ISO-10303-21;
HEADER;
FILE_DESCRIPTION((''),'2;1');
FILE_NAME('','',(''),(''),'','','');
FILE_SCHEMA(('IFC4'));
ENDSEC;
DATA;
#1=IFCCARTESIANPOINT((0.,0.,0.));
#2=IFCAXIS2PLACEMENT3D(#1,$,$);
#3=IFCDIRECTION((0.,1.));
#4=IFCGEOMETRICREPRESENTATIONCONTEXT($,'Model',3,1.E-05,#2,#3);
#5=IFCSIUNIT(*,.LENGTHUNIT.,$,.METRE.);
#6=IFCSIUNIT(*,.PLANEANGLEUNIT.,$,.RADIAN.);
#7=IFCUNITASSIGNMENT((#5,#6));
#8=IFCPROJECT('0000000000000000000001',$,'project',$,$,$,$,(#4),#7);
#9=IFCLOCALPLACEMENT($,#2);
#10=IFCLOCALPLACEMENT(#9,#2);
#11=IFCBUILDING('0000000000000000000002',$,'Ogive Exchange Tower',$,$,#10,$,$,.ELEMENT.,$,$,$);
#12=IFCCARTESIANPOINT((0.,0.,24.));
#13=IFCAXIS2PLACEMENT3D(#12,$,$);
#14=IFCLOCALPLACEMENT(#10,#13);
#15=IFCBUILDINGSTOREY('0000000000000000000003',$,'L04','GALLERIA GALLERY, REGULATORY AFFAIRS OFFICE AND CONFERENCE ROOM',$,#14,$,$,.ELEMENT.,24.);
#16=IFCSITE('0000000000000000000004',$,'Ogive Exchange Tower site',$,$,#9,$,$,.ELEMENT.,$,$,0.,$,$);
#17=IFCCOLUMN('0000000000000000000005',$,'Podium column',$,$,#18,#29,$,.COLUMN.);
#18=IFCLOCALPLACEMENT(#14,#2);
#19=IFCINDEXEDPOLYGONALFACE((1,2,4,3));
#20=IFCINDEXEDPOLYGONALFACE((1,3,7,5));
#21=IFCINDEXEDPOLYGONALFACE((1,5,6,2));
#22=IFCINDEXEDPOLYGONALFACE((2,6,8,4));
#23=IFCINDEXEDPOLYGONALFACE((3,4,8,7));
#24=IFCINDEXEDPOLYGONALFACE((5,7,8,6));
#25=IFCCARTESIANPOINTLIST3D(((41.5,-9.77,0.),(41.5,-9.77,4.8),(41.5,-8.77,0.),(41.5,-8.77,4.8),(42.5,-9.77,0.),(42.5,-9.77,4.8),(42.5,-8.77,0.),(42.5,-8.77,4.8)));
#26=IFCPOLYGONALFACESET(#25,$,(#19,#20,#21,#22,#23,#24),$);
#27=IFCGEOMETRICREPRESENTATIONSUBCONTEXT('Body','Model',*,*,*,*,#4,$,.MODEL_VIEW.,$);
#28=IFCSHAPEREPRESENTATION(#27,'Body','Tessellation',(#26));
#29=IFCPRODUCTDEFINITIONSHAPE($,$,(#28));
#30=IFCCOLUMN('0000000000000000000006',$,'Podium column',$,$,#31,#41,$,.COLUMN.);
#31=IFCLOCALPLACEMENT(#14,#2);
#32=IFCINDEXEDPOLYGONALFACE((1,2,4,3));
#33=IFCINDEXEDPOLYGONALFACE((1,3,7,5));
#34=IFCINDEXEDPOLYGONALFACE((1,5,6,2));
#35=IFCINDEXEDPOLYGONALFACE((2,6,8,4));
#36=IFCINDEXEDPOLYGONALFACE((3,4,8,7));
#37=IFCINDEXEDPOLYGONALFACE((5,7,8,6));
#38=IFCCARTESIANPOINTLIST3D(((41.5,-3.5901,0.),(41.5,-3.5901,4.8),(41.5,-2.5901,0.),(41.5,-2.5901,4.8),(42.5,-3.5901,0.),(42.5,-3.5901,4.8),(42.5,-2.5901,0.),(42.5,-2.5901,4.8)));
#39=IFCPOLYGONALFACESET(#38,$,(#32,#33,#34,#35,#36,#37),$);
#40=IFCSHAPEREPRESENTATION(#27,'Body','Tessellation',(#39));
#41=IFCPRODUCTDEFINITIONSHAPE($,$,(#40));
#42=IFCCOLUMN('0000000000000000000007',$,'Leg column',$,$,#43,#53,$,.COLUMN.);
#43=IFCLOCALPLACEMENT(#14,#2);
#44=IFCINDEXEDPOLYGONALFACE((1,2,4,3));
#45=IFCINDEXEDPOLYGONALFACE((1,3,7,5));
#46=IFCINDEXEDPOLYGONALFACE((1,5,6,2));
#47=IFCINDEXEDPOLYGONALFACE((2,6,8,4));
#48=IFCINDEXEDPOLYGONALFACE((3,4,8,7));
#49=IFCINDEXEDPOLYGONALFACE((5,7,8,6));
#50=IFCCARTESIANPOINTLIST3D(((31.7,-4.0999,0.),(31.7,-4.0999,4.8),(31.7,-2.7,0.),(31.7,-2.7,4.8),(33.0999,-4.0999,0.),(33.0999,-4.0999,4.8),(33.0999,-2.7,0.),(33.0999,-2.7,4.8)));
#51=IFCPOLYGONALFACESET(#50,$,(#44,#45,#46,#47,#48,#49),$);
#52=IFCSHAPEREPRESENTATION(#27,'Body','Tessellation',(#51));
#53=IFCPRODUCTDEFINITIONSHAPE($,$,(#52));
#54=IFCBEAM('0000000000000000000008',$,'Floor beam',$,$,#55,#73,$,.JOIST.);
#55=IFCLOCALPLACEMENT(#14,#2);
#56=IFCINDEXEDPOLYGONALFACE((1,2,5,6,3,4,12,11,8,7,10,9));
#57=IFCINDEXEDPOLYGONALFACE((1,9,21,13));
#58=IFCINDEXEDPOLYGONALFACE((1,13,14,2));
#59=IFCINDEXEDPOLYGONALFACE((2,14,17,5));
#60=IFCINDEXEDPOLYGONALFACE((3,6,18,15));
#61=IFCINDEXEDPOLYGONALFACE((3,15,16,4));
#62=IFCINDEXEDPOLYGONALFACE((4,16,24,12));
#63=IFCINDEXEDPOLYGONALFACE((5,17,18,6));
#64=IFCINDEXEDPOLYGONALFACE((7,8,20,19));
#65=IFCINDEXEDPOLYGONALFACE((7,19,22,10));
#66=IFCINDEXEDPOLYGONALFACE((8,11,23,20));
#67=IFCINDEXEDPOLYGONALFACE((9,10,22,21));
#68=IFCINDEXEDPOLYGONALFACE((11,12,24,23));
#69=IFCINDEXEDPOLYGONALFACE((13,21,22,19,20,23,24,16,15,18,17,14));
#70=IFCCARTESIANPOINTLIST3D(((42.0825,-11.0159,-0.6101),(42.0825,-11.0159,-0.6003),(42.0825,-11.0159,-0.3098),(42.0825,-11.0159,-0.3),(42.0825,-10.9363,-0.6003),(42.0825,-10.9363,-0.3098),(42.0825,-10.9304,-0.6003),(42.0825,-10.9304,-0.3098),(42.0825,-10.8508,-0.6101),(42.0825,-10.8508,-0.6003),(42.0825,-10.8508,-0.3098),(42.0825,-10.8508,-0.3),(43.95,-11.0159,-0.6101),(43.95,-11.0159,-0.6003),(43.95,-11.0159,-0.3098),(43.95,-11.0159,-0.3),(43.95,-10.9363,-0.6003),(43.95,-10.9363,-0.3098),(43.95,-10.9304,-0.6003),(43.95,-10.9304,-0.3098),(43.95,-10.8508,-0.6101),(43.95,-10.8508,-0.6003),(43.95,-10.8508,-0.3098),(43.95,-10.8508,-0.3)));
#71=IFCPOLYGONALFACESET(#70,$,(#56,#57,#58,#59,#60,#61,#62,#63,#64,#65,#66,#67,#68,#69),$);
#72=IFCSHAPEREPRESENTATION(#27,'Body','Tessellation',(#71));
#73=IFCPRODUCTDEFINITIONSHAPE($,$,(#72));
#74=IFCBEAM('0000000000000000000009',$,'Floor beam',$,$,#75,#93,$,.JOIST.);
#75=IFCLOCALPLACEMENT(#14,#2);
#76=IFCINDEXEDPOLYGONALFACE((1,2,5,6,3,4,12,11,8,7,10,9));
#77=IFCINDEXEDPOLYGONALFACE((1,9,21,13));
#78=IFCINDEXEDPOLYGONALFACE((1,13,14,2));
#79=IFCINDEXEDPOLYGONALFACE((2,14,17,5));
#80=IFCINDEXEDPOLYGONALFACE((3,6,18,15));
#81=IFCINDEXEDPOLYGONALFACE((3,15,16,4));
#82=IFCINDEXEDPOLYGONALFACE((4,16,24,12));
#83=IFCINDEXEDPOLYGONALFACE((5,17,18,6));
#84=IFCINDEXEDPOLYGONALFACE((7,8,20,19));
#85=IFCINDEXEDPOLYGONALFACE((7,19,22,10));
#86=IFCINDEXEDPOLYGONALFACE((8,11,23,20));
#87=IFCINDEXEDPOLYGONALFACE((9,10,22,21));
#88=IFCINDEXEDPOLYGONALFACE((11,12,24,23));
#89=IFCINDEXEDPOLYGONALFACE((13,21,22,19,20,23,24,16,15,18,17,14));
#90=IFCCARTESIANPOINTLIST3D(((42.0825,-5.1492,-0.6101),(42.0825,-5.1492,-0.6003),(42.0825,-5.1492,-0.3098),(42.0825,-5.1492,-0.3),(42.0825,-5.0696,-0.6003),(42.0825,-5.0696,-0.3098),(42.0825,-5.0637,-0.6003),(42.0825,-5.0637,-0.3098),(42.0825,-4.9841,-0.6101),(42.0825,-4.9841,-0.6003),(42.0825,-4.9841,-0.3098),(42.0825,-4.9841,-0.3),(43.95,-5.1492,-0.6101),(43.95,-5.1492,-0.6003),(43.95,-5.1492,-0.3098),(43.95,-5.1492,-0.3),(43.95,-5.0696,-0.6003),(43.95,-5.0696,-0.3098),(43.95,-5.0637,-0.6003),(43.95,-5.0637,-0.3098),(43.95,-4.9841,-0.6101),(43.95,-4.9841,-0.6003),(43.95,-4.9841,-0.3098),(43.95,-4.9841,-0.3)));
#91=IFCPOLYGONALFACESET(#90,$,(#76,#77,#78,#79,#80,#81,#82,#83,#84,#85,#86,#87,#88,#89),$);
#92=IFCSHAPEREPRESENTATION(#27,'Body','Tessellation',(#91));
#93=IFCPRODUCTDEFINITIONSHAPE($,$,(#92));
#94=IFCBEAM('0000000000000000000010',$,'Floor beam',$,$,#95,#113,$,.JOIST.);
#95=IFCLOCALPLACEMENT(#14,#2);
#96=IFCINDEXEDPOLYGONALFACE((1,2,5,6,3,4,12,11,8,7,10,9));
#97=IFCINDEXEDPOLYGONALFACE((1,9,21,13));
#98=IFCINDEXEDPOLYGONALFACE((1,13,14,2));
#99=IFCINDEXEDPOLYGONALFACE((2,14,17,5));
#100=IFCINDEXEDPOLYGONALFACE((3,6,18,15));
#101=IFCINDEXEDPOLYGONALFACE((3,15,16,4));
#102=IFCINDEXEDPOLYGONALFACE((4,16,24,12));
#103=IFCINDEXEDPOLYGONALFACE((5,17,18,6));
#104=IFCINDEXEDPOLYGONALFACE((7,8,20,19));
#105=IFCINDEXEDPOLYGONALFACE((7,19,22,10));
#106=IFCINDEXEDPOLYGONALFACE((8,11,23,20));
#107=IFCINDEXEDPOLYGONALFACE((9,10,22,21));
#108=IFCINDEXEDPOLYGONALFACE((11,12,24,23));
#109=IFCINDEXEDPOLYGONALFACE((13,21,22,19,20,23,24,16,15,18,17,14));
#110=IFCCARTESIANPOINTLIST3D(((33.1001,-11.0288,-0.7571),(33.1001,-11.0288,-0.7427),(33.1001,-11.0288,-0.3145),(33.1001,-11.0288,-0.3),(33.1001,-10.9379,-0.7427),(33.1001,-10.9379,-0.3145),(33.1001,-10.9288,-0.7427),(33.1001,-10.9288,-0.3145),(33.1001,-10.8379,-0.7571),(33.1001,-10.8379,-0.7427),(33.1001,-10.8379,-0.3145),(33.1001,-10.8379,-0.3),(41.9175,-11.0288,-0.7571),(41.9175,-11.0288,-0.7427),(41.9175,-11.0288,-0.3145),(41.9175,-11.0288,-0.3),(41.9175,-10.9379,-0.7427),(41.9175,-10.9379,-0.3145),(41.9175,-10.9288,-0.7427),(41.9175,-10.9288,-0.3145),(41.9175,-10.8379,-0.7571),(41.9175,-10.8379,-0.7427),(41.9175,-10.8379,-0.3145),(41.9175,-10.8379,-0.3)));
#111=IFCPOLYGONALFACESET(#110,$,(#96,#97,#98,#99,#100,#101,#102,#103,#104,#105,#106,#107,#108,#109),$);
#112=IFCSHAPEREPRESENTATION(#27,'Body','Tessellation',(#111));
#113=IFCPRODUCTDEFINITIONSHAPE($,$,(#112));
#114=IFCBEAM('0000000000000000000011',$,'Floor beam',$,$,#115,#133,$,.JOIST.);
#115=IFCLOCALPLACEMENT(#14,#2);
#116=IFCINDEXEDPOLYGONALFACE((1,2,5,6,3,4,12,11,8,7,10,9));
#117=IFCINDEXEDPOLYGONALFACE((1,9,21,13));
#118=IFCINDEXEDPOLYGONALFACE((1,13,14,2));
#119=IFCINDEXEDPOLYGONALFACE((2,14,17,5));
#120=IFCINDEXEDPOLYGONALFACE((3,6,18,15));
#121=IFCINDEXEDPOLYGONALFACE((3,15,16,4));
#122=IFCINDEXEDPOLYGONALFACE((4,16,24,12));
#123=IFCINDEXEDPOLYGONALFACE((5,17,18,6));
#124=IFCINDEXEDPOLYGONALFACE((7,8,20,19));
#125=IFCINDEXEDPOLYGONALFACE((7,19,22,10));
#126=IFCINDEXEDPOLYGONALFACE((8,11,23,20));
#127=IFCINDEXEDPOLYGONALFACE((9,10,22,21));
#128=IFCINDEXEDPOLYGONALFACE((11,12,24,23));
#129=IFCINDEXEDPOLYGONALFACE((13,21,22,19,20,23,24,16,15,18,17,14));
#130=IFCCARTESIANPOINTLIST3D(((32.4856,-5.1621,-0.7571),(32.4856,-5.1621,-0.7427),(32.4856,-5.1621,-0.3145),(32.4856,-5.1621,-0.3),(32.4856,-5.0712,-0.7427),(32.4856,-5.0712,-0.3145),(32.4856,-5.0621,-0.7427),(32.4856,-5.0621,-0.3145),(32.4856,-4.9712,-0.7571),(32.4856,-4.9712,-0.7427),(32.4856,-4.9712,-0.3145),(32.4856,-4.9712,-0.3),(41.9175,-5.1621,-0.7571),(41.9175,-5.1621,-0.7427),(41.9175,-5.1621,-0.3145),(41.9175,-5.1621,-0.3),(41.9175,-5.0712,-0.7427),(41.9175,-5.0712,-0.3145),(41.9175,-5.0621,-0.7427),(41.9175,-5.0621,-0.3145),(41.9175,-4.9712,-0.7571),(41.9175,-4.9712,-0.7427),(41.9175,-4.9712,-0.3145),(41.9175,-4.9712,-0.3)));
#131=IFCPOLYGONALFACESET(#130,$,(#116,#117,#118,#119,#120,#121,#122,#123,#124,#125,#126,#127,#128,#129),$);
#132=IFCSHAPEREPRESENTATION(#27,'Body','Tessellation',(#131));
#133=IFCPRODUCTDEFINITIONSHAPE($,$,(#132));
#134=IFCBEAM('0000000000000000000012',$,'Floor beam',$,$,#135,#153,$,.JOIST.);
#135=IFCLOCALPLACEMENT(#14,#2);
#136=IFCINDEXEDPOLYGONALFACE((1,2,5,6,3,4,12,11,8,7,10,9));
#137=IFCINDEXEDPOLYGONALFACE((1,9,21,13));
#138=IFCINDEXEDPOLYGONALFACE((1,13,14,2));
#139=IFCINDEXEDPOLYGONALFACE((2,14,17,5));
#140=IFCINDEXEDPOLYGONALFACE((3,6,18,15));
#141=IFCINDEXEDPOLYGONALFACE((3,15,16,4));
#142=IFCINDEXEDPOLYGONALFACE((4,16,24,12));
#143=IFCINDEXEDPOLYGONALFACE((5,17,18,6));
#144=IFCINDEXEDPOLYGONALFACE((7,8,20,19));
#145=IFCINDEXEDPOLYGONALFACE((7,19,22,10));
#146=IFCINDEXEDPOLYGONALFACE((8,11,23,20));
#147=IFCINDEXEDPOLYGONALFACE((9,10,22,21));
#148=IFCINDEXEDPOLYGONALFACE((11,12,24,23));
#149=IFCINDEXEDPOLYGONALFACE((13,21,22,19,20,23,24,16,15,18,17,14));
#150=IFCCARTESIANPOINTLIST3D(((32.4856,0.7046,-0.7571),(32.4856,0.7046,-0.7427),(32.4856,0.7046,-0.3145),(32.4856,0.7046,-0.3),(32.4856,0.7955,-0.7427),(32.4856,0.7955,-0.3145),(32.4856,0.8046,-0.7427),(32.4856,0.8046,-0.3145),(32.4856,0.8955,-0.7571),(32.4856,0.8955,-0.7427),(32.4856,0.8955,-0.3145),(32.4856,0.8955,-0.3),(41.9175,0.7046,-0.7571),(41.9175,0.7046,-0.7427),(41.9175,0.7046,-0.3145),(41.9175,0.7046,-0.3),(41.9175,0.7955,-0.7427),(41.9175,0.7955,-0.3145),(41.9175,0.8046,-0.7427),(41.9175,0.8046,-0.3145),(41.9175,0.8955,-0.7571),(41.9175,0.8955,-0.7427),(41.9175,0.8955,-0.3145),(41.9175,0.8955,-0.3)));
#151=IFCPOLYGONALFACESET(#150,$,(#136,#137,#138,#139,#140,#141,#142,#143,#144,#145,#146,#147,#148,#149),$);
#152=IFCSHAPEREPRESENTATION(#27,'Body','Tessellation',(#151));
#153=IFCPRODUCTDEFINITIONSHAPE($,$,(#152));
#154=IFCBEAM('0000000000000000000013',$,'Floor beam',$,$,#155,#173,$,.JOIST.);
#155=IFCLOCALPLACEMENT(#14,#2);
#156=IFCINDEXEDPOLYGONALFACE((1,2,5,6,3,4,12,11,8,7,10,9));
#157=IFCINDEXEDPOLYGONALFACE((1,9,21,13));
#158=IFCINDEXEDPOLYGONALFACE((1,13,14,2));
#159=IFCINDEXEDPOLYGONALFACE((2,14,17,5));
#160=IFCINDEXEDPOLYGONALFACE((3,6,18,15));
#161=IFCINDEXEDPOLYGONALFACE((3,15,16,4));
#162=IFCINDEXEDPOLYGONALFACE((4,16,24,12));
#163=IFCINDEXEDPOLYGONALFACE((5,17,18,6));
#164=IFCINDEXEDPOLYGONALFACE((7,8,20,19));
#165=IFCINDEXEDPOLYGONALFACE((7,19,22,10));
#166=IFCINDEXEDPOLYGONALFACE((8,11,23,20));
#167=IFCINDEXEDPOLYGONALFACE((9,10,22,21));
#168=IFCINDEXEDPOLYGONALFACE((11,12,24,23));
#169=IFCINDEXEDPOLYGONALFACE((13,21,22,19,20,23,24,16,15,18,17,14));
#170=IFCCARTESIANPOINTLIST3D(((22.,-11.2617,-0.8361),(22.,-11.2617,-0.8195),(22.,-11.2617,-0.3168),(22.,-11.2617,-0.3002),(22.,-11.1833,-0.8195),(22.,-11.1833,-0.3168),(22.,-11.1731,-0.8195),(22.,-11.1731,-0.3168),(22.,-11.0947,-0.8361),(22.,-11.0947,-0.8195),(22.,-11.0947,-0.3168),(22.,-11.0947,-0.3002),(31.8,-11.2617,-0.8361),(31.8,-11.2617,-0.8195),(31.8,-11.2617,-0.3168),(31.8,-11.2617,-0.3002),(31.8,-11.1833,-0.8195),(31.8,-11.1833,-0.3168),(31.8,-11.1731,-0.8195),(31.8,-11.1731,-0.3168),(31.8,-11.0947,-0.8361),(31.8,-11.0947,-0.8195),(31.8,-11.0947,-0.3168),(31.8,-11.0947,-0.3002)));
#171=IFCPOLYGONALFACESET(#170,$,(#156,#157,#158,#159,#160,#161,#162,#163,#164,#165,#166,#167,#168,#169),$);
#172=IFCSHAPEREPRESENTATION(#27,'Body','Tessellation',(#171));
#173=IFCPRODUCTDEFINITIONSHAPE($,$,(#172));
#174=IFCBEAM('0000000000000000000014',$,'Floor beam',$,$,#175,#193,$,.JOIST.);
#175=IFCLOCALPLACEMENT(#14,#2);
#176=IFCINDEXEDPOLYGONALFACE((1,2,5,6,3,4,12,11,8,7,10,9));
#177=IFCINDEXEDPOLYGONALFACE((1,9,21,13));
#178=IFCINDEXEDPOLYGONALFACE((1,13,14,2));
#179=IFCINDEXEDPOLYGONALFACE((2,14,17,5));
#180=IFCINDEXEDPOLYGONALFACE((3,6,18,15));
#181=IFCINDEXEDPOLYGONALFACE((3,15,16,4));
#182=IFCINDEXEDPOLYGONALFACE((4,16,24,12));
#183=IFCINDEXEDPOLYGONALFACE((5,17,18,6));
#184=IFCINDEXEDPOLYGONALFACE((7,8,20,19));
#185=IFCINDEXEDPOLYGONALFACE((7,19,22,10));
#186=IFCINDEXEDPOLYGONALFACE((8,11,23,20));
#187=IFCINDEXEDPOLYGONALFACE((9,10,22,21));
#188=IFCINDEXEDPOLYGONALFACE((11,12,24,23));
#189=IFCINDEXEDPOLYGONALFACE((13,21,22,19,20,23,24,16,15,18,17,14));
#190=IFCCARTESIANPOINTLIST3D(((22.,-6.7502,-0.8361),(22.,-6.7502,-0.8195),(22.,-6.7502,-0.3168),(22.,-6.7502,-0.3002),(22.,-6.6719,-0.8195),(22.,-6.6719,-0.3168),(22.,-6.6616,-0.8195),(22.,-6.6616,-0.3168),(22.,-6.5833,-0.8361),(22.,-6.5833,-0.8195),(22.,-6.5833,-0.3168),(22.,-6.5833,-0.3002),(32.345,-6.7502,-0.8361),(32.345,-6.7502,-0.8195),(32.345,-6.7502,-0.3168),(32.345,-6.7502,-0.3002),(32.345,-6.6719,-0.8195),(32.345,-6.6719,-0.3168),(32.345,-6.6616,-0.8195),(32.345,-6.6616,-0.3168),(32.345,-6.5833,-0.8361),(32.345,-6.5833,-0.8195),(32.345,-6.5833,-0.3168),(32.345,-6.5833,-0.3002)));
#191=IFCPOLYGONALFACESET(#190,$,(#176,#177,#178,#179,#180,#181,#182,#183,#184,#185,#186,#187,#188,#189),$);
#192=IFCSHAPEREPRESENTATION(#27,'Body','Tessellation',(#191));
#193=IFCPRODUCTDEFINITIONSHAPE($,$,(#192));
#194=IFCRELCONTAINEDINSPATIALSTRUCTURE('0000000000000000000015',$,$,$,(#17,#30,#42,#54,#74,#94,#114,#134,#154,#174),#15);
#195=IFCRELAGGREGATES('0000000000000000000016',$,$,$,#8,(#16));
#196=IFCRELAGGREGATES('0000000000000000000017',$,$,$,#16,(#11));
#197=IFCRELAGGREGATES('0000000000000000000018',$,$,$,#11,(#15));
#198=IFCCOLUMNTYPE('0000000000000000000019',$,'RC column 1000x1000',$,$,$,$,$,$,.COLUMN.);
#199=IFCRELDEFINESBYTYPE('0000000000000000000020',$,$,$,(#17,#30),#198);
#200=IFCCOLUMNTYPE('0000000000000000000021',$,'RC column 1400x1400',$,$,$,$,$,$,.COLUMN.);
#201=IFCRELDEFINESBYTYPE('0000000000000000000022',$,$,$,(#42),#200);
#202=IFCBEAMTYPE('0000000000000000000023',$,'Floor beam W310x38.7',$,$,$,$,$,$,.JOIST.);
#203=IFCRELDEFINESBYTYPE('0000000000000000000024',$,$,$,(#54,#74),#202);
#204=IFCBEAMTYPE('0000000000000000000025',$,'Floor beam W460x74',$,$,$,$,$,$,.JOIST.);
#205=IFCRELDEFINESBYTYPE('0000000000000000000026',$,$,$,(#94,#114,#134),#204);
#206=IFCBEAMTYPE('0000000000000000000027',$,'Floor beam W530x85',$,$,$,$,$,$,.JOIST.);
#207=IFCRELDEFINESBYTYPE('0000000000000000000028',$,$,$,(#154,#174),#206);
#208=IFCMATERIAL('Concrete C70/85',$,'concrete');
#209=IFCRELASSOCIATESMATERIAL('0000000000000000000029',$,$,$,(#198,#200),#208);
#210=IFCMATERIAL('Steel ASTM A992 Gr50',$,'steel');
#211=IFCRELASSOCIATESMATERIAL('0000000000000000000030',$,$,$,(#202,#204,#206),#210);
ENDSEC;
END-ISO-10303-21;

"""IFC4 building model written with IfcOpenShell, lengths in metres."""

from ifc_helpers import new_model, si_unit, direction, frame, origin, origin_2d, place, context, subcontext, project, spatial, rectangle, i_section, extrude, material, material_profile, profile_set, type_object, element, save


model = new_model("IFC4")

# Units and contexts
model_context = context("Model", 3, precision=1e-05, world=origin(), true_north=direction((0.0, 1.0)))
body_context = subcontext(model_context, "Body", "Model", "MODEL_VIEW")
ifc_project = project(units=[si_unit("LENGTHUNIT", "METRE"), si_unit("PLANEANGLEUNIT", "RADIAN")], contexts=[model_context])

# Site, building, storey
site_placement = place(None, origin())
site = spatial("IfcSite", under=ifc_project, at=site_placement, Name="Ogive Exchange Tower site", CompositionType="ELEMENT", RefElevation=0.0)
building_placement = place(site_placement, origin())
building = spatial("IfcBuilding", under=site, at=building_placement, Name="Ogive Exchange Tower", CompositionType="ELEMENT")
storey_placement = place(building_placement, frame((0.0, 0.0, 24.0)))
storey = spatial("IfcBuildingStorey", under=building, at=storey_placement, Name="L04", Description="GALLERIA GALLERY, REGULATORY AFFAIRS OFFICE AND CONFERENCE ROOM", CompositionType="ELEMENT", Elevation=24.0)

# Columns
ifc_material_1 = material(Name="Concrete C70/85", Category="concrete")
ifc_material_profile_1 = material_profile(ifc_material_1, rectangle(XDim=1.0, YDim=1.0, at=origin_2d()), Name="RC 1000x1000")
ifc_profile_set_1 = profile_set([ifc_material_profile_1], Name="Concrete C70/85")
column_type_1 = type_object("IfcColumnType", Name="RC column 1000x1000", PredefinedType="COLUMN", material=ifc_profile_set_1)
for number, where, z_axis, x_axis, name in (
    (1, (42.0, -9.27, 0.0), (0.0, 0.0, 1.0), (1.0, 0.0, 0.0), "Podium column"),
    (2, (42.0, -3.0901, 0.0), (0.0, 0.0, 1.0), (1.0, 0.0, 0.0), "Podium column"),
):
    element("IfcColumn", number, at=place(storey_placement, frame(where, z_axis=z_axis, x_axis=x_axis)), inside=storey, type_object=column_type_1, Name=name, PredefinedType="COLUMN", context=body_context, shape_type="SweptSolid", body=[
        extrude(rectangle(XDim=1.0, YDim=1.0, at=origin_2d()), origin(), (0.0, 0.0, 1.0), 4.8),
    ])
ifc_material_profile_2 = material_profile(ifc_material_1, rectangle(XDim=1.3999, YDim=1.3999, at=origin_2d()), Name="RC 1400x1400")
ifc_profile_set_2 = profile_set([ifc_material_profile_2], Name="Concrete C70/85")
column_type_2 = type_object("IfcColumnType", Name="RC column 1400x1400", PredefinedType="COLUMN", material=ifc_profile_set_2)
column_placement = place(storey_placement, frame((32.3999, -3.3999, 0.0), z_axis=(0.0, 0.0, 1.0), x_axis=(1.0, 0.0, 0.0)))
element("IfcColumn", 3, at=column_placement, inside=storey, type_object=column_type_2, Name="Leg column", PredefinedType="COLUMN", context=body_context, shape_type="SweptSolid", body=[
    extrude(rectangle(XDim=1.3999, YDim=1.3999, at=origin_2d()), origin(), (0.0, 0.0, 1.0), 4.8),
])

# Beams
ifc_material_2 = material(Name="Steel ASTM A992 Gr50", Category="steel")
ifc_material_profile_3 = material_profile(ifc_material_2, i_section(OverallWidth=0.165, OverallDepth=0.3101, WebThickness=0.0059, FlangeThickness=0.0098, at=origin_2d()), Name="W310x38.7")
ifc_profile_set_3 = profile_set([ifc_material_profile_3], Name="Steel ASTM A992 Gr50")
beam_type_1 = type_object("IfcBeamType", Name="Floor beam W310x38.7", PredefinedType="JOIST", material=ifc_profile_set_3)
for number, where, z_axis, x_axis, name in (
    (4, (42.0825, -10.9333, -0.4551), (1.0, 0.0, 0.0), (0.0, 1.0, 0.0), "Floor beam"),
    (5, (42.0825, -5.0667, -0.4551), (1.0, 0.0, 0.0), (0.0, 1.0, 0.0), "Floor beam"),
):
    element("IfcBeam", number, at=place(storey_placement, frame(where, z_axis=z_axis, x_axis=x_axis)), inside=storey, type_object=beam_type_1, Name=name, PredefinedType="JOIST", context=body_context, shape_type="SweptSolid", body=[
        extrude(i_section(OverallWidth=0.165, OverallDepth=0.3101, WebThickness=0.0059, FlangeThickness=0.0098, at=origin_2d()), origin(), (0.0, 0.0, 1.0), 1.8674),
    ])
ifc_material_profile_4 = material_profile(ifc_material_2, i_section(OverallWidth=0.1909, OverallDepth=0.457, WebThickness=0.009, FlangeThickness=0.0144, at=origin_2d()), Name="W460x74")
ifc_profile_set_4 = profile_set([ifc_material_profile_4], Name="Steel ASTM A992 Gr50")
beam_type_2 = type_object("IfcBeamType", Name="Floor beam W460x74", PredefinedType="JOIST", material=ifc_profile_set_4)
beam_1_placement = place(storey_placement, frame((33.1001, -10.9333, -0.5286), z_axis=(1.0, 0.0, 0.0), x_axis=(0.0, 1.0, 0.0)))
element("IfcBeam", 6, at=beam_1_placement, inside=storey, type_object=beam_type_2, Name="Floor beam", PredefinedType="JOIST", context=body_context, shape_type="SweptSolid", body=[
    extrude(i_section(OverallWidth=0.1909, OverallDepth=0.457, WebThickness=0.009, FlangeThickness=0.0144, at=origin_2d()), origin(), (0.0, 0.0, 1.0), 8.8174),
])
for number, where, z_axis, x_axis, name in (
    (7, (32.4856, -5.0667, -0.5286), (1.0, 0.0, 0.0), (0.0, 1.0, 0.0), "Floor beam"),
    (8, (32.4856, 0.8, -0.5286), (1.0, 0.0, 0.0), (0.0, 1.0, 0.0), "Floor beam"),
):
    element("IfcBeam", number, at=place(storey_placement, frame(where, z_axis=z_axis, x_axis=x_axis)), inside=storey, type_object=beam_type_2, Name=name, PredefinedType="JOIST", context=body_context, shape_type="SweptSolid", body=[
        extrude(i_section(OverallWidth=0.1909, OverallDepth=0.457, WebThickness=0.009, FlangeThickness=0.0144, at=origin_2d()), origin(), (0.0, 0.0, 1.0), 9.4319),
    ])
ifc_material_profile_5 = material_profile(ifc_material_2, i_section(OverallWidth=0.167, OverallDepth=0.5359, WebThickness=0.0103, FlangeThickness=0.0166, at=origin_2d()), Name="W530x85")
ifc_profile_set_5 = profile_set([ifc_material_profile_5], Name="Steel ASTM A992 Gr50")
beam_type_3 = type_object("IfcBeamType", Name="Floor beam W530x85", PredefinedType="JOIST", material=ifc_profile_set_5)
beam_2_placement = place(storey_placement, frame((22.0, -11.1782, -0.5681), z_axis=(1.0, 0.0, 0.0), x_axis=(0.0, 1.0, 0.0)))
element("IfcBeam", 9, at=beam_2_placement, inside=storey, type_object=beam_type_3, Name="Floor beam", PredefinedType="JOIST", context=body_context, shape_type="SweptSolid", body=[
    extrude(i_section(OverallWidth=0.167, OverallDepth=0.5359, WebThickness=0.0103, FlangeThickness=0.0166, at=origin_2d()), origin(), (0.0, 0.0, 1.0), 9.8),
])
beam_3_placement = place(storey_placement, frame((22.0, -6.6667, -0.5681), z_axis=(1.0, 0.0, 0.0), x_axis=(0.0, 1.0, 0.0)))
element("IfcBeam", 10, at=beam_3_placement, inside=storey, type_object=beam_type_3, Name="Floor beam", PredefinedType="JOIST", context=body_context, shape_type="SweptSolid", body=[
    extrude(i_section(OverallWidth=0.167, OverallDepth=0.5359, WebThickness=0.0103, FlangeThickness=0.0166, at=origin_2d()), origin(), (0.0, 0.0, 1.0), 10.345),
])

save(model, "model.ifc")
